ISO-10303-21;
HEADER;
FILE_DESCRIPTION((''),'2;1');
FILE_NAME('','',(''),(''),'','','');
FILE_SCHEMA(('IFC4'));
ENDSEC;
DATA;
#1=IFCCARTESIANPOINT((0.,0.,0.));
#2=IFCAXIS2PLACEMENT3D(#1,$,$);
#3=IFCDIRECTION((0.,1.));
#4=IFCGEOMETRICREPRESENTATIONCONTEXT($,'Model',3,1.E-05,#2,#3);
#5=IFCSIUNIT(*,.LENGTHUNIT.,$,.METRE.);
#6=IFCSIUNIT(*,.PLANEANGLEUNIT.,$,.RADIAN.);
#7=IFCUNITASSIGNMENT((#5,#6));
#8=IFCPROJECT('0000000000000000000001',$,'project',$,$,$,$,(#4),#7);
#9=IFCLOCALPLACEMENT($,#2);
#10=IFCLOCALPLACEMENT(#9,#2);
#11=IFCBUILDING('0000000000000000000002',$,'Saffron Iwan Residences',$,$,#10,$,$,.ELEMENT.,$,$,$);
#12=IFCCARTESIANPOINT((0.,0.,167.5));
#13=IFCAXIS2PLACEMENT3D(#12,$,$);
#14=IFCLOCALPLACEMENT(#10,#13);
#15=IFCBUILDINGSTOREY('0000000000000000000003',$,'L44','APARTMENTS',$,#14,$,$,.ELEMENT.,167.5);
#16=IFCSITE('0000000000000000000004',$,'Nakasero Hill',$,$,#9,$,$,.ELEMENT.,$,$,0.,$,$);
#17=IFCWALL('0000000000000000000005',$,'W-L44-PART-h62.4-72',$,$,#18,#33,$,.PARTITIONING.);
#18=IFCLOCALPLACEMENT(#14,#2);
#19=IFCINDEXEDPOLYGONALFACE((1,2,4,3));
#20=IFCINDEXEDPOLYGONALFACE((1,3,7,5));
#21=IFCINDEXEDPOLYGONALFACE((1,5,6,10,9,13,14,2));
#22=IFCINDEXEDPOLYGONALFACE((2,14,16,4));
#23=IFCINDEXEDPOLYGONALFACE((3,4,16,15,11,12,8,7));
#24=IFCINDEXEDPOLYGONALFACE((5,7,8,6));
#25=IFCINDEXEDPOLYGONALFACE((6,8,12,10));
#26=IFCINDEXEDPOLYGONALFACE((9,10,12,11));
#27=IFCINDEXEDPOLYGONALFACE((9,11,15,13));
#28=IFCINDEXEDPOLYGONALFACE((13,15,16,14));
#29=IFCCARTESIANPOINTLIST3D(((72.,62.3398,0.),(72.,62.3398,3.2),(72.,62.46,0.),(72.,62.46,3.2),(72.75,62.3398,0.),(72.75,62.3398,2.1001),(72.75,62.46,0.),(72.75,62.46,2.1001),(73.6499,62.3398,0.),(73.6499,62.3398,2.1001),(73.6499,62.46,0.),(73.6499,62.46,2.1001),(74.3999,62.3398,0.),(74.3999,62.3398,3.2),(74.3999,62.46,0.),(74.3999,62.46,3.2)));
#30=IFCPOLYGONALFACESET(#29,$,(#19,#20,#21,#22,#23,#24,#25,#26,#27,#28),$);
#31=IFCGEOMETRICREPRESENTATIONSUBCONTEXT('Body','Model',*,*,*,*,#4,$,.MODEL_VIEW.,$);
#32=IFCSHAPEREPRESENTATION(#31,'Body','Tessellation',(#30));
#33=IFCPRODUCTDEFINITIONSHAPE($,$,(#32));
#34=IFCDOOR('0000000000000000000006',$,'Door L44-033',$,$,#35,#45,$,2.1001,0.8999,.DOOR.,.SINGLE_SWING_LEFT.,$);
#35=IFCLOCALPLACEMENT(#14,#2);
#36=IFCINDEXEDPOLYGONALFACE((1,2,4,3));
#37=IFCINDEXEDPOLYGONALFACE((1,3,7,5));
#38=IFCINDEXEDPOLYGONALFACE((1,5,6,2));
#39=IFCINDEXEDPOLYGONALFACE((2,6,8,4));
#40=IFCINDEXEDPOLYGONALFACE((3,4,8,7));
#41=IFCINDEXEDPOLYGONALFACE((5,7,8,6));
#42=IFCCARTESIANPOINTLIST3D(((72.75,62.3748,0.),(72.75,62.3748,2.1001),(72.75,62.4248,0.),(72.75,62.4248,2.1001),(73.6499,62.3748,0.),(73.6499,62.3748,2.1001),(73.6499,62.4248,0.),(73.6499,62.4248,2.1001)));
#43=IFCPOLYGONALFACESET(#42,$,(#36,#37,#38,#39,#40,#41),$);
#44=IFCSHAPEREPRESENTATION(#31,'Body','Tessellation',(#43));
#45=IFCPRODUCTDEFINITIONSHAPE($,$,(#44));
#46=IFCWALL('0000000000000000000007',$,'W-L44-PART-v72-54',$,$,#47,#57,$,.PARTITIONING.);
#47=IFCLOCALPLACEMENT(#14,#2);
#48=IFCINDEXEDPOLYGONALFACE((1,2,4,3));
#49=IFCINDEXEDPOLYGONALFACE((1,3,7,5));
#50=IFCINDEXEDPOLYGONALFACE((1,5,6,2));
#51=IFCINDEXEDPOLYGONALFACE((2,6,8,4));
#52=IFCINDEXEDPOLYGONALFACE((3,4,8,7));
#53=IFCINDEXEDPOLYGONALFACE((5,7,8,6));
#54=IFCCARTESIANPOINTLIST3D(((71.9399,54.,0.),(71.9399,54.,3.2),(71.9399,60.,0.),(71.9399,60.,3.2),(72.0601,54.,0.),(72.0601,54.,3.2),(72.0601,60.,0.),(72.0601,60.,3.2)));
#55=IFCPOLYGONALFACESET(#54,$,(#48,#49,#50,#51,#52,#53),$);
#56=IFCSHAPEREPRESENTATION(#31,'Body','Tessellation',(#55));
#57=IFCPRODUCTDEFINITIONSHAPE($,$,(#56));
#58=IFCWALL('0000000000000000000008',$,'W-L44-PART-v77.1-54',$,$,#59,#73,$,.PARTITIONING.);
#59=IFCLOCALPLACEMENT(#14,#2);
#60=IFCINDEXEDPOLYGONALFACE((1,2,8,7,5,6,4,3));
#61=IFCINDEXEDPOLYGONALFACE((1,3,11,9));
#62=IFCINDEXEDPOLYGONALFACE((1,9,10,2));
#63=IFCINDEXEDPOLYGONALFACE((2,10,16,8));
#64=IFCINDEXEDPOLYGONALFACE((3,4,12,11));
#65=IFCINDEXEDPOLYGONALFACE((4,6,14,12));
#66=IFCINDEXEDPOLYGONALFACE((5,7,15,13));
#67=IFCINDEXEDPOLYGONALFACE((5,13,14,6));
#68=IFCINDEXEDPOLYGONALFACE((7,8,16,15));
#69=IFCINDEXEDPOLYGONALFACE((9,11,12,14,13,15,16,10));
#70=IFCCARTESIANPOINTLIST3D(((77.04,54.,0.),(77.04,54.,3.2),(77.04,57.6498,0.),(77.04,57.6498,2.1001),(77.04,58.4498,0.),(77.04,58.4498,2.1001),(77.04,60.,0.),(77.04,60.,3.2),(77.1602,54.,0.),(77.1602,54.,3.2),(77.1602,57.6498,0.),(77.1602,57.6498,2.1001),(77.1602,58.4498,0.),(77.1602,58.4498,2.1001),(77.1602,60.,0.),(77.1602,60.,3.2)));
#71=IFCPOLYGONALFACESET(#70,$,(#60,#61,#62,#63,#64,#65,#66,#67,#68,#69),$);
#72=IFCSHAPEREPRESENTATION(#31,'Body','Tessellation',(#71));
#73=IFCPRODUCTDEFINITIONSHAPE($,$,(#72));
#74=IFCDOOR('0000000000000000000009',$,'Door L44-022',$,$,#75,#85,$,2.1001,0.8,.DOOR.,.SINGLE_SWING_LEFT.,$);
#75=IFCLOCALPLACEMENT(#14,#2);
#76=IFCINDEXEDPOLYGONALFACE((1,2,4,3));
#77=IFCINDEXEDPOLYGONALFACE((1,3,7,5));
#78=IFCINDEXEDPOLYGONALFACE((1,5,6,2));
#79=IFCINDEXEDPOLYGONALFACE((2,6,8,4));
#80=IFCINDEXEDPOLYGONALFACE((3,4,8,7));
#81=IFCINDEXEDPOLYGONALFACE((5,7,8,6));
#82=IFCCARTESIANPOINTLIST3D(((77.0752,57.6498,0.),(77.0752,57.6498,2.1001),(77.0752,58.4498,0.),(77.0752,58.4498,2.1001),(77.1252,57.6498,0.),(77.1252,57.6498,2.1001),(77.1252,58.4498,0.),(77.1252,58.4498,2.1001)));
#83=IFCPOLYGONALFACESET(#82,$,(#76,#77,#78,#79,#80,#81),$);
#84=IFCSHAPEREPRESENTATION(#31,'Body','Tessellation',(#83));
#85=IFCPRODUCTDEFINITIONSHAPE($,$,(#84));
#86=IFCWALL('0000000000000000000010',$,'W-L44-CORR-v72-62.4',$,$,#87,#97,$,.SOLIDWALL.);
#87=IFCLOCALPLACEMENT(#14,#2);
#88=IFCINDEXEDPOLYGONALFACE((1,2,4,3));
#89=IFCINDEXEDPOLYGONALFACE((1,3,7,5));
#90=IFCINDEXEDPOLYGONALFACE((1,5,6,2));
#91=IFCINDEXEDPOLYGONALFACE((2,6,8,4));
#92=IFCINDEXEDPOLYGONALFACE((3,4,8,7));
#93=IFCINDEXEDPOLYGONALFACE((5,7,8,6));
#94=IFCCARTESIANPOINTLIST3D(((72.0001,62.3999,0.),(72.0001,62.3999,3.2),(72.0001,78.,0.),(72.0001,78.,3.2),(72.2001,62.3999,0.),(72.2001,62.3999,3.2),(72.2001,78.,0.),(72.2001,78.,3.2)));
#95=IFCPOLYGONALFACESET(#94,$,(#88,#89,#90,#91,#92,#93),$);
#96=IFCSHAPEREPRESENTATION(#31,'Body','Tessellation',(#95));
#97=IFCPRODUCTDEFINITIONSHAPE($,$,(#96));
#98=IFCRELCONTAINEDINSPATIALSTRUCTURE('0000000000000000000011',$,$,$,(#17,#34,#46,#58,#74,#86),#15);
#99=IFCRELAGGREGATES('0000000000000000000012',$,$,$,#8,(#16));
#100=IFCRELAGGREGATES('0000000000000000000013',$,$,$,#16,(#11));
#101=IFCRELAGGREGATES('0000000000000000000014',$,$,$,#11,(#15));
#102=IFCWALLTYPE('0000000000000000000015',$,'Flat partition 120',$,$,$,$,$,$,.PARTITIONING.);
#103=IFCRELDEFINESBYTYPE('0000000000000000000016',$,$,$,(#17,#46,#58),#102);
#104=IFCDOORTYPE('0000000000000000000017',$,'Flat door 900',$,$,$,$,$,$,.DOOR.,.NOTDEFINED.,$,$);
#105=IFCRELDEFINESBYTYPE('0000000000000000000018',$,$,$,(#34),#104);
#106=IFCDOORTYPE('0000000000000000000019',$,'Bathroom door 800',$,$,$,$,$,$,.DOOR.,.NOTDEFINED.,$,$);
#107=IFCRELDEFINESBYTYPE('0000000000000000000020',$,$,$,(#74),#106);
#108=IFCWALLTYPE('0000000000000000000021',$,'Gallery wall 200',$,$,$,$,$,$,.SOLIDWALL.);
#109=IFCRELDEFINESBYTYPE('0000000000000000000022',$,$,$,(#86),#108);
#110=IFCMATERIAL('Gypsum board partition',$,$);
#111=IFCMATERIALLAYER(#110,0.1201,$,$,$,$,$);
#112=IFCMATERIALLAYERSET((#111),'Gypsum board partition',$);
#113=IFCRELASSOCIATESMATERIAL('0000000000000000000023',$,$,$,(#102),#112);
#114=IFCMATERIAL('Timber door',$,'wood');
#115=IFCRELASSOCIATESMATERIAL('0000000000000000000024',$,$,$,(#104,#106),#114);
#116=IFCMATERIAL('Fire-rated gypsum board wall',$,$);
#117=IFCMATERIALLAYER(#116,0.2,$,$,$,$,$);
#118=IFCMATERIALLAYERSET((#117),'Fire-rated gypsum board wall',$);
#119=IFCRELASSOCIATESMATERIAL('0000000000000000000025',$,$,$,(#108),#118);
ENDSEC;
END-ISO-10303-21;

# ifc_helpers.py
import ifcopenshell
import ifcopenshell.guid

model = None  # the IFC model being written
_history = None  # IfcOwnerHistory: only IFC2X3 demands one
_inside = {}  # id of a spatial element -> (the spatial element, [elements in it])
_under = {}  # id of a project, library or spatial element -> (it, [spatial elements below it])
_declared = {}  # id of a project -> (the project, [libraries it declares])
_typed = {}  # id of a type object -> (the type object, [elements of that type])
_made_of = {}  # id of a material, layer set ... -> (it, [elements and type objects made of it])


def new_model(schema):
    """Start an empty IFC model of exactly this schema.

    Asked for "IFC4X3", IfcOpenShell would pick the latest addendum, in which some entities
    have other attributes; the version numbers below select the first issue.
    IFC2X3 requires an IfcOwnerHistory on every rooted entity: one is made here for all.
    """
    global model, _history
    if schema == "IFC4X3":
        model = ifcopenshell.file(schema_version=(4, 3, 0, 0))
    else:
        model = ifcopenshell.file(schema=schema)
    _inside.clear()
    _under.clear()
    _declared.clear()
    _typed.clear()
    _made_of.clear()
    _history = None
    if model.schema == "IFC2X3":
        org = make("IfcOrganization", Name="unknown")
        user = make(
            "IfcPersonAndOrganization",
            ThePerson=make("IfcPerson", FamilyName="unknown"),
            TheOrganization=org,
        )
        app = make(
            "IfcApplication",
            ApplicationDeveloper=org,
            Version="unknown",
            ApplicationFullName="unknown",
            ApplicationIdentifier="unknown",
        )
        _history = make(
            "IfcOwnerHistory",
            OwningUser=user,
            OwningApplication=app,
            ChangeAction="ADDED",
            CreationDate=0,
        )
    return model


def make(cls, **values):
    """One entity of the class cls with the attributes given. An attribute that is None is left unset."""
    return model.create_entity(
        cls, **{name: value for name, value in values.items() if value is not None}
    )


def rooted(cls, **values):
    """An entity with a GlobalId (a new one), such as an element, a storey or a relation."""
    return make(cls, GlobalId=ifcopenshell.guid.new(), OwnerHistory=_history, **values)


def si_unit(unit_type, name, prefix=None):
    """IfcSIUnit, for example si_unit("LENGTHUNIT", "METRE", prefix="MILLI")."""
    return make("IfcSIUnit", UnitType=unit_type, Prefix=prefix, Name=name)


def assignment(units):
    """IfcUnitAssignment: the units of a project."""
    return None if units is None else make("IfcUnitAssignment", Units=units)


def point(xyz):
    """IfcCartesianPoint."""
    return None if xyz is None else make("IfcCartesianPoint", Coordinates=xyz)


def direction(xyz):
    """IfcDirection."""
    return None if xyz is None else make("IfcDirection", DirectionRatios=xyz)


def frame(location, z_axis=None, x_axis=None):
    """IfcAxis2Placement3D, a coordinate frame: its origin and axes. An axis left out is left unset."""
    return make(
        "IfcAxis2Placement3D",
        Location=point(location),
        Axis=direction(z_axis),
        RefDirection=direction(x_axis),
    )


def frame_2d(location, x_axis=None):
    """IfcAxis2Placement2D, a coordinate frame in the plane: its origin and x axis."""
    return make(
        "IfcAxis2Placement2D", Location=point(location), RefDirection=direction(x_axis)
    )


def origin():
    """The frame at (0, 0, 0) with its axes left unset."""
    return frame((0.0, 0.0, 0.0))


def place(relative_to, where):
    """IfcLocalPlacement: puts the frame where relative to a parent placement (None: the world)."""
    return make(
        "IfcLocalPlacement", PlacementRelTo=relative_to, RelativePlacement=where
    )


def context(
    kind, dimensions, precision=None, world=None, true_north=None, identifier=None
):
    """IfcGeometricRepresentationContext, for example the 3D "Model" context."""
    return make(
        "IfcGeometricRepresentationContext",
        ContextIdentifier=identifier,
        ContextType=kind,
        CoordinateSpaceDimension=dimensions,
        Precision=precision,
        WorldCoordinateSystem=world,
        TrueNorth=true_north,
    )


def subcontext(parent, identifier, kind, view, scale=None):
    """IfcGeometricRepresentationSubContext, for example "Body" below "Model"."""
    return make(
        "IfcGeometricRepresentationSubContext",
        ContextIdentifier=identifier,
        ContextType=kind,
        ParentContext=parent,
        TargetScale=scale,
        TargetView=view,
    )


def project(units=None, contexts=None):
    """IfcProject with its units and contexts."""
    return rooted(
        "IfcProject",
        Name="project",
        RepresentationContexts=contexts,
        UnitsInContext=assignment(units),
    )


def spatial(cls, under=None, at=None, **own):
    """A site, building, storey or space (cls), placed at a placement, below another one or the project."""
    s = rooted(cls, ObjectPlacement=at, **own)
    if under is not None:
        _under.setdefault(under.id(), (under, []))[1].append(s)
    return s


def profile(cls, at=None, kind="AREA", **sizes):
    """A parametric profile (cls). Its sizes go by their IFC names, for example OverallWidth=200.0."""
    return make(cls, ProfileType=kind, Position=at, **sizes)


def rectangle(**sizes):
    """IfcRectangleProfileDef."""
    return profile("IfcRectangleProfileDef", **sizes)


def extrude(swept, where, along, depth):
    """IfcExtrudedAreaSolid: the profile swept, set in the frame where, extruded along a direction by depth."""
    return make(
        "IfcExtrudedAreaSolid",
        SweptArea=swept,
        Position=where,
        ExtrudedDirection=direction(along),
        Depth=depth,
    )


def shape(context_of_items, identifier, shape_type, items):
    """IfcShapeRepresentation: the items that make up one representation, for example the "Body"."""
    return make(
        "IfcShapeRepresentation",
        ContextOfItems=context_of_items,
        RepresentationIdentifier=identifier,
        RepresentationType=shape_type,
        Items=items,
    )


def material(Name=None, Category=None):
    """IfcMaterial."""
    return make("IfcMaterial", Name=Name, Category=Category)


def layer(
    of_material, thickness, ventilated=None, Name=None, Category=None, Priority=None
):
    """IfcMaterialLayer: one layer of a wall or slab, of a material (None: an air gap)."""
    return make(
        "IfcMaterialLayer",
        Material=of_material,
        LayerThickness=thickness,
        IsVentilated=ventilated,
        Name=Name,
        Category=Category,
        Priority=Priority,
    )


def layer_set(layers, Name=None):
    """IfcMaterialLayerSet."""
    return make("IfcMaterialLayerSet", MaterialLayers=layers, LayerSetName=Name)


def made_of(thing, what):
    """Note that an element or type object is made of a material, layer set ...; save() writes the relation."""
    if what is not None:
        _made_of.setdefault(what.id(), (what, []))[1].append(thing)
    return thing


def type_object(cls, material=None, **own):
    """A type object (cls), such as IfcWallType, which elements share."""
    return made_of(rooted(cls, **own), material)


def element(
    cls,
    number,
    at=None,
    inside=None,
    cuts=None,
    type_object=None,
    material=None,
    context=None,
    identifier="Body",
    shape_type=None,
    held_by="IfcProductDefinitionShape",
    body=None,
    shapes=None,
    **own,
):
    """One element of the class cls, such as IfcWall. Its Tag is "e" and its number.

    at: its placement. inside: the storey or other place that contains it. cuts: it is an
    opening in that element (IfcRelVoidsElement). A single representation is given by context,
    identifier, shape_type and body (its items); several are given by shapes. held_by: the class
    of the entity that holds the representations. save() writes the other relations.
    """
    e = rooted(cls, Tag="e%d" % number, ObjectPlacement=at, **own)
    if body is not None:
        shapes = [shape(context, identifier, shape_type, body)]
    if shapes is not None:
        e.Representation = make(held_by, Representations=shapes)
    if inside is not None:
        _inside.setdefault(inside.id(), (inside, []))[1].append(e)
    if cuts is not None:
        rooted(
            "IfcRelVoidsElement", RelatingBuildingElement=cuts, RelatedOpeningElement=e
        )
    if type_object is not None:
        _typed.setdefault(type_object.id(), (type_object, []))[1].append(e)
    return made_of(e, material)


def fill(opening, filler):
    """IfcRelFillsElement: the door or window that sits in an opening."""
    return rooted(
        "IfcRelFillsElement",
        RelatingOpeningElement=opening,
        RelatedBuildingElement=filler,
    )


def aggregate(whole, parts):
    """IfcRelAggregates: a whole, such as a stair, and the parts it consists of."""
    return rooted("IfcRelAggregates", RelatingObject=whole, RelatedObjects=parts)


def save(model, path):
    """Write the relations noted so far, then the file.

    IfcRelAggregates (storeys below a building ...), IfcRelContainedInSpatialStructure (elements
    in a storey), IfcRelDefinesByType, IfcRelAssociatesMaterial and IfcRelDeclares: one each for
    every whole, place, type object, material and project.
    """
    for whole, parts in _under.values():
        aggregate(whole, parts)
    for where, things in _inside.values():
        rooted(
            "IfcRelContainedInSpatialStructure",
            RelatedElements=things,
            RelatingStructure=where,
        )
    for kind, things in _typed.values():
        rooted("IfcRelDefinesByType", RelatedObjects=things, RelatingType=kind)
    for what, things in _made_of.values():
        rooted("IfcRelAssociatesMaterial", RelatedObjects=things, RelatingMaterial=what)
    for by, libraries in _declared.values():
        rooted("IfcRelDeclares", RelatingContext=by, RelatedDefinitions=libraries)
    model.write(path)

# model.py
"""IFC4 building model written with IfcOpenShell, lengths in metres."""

from ifc_helpers import new_model, si_unit, direction, frame, frame_2d, origin, place, context, subcontext, project, spatial, rectangle, extrude, material, layer, layer_set, type_object, element, fill, save


model = new_model("IFC4")

# Units and contexts
model_context = context("Model", 3, precision=1e-05, world=origin(), true_north=direction((0.0, 1.0)))
body_context = subcontext(model_context, "Body", "Model", "MODEL_VIEW")
ifc_project = project(units=[si_unit("LENGTHUNIT", "METRE"), si_unit("PLANEANGLEUNIT", "RADIAN")], contexts=[model_context])

# Site, building, storey
site_placement = place(None, origin())
site = spatial("IfcSite", under=ifc_project, at=site_placement, Name="Nakasero Hill", CompositionType="ELEMENT", RefElevation=0.0)
building_placement = place(site_placement, origin())
building = spatial("IfcBuilding", under=site, at=building_placement, Name="Saffron Iwan Residences", CompositionType="ELEMENT")
storey_placement = place(building_placement, frame((0.0, 0.0, 167.5)))
storey = spatial("IfcBuildingStorey", under=building, at=storey_placement, Name="L44", Description="APARTMENTS", CompositionType="ELEMENT", Elevation=167.5)

# Shared definitions
ifc_material_1 = material(Name="Fire-rated gypsum board wall")

# Shared definitions
ifc_material_2 = material(Name="Gypsum board partition")
ifc_layer_1 = layer(ifc_material_2, 0.1201)
ifc_layer_set_1 = layer_set([ifc_layer_1], Name="Gypsum board partition")
wall_type_1 = type_object("IfcWallType", Name="Flat partition 120", PredefinedType="PARTITIONING", material=ifc_layer_set_1)
ifc_material_3 = material(Name="Timber door", Category="wood")
door_type_1 = type_object("IfcDoorType", Name="Flat door 900", OperationType="NOTDEFINED", PredefinedType="DOOR", material=ifc_material_3)
door_type_2 = type_object("IfcDoorType", Name="Bathroom door 800", OperationType="NOTDEFINED", PredefinedType="DOOR", material=ifc_material_3)

# Wall, opening, door
wall_1_placement = place(storey_placement, frame((72.0, 62.3999, 0.0), z_axis=(0.0, 0.0, 1.0), x_axis=(1.0, 0.0, 0.0)))
wall_1 = element("IfcWall", 1, at=wall_1_placement, inside=storey, type_object=wall_type_1, Name="W-L44-PART-h62.4-72", PredefinedType="PARTITIONING", context=body_context, shape_type="SweptSolid", body=[
    extrude(rectangle(XDim=2.3999, YDim=0.1201, at=frame_2d((1.2, 0.0))), origin(), (0.0, 0.0, 1.0), 3.2),
])
opening_1_placement = place(wall_1_placement, frame((0.75, 0.0, 0.0)))
opening_1 = element("IfcOpeningElement", 2, at=opening_1_placement, cuts=wall_1, PredefinedType="OPENING", context=body_context, shape_type="SweptSolid", body=[
    extrude(rectangle(XDim=0.8999, YDim=2.1001, at=frame_2d((0.45, 1.05))), frame((0.0, 0.0701, 0.0), z_axis=(0.0, -1.0, 0.0), x_axis=(1.0, 0.0, 0.0)), (0.0, 0.0, 1.0), 0.1401),
])
door_1_placement = place(opening_1_placement, origin())
door_1 = element("IfcDoor", 3, at=door_1_placement, inside=storey, type_object=door_type_1, Name="Door L44-033", OperationType="SINGLE_SWING_LEFT", OverallHeight=2.1001, OverallWidth=0.8999, PredefinedType="DOOR", context=body_context, shape_type="SweptSolid", body=[
    extrude(rectangle(XDim=0.8999, YDim=2.1001, at=frame_2d((0.45, 1.05))), frame((0.0, 0.0249, 0.0), z_axis=(0.0, -1.0, 0.0), x_axis=(1.0, 0.0, 0.0)), (0.0, 0.0, 1.0), 0.05),
])
fill(opening_1, door_1)

# Wall
wall_2_placement = place(storey_placement, frame((72.0, 54.0, 0.0), z_axis=(0.0, 0.0, 1.0), x_axis=(0.0, 1.0, 0.0)))
element("IfcWall", 4, at=wall_2_placement, inside=storey, type_object=wall_type_1, Name="W-L44-PART-v72-54", PredefinedType="PARTITIONING", context=body_context, shape_type="SweptSolid", body=[
    extrude(rectangle(XDim=6.0, YDim=0.1201, at=frame_2d((3.0, 0.0))), origin(), (0.0, 0.0, 1.0), 3.2),
])

# Wall, opening, door
wall_3_placement = place(storey_placement, frame((77.1001, 54.0, 0.0), z_axis=(0.0, 0.0, 1.0), x_axis=(0.0, 1.0, 0.0)))
wall_3 = element("IfcWall", 5, at=wall_3_placement, inside=storey, type_object=wall_type_1, Name="W-L44-PART-v77.1-54", PredefinedType="PARTITIONING", context=body_context, shape_type="SweptSolid", body=[
    extrude(rectangle(XDim=6.0, YDim=0.1201, at=frame_2d((3.0, 0.0))), origin(), (0.0, 0.0, 1.0), 3.2),
])
opening_2_placement = place(wall_3_placement, frame((3.6499, 0.0, 0.0)))
opening_2 = element("IfcOpeningElement", 6, at=opening_2_placement, cuts=wall_3, PredefinedType="OPENING", context=body_context, shape_type="SweptSolid", body=[
    extrude(rectangle(XDim=0.8, YDim=2.1001, at=frame_2d((0.3999, 1.05))), frame((0.0, 0.0701, 0.0), z_axis=(0.0, -1.0, 0.0), x_axis=(1.0, 0.0, 0.0)), (0.0, 0.0, 1.0), 0.1401),
])
door_2_placement = place(opening_2_placement, origin())
door_2 = element("IfcDoor", 7, at=door_2_placement, inside=storey, type_object=door_type_2, Name="Door L44-022", OperationType="SINGLE_SWING_LEFT", OverallHeight=2.1001, OverallWidth=0.8, PredefinedType="DOOR", context=body_context, shape_type="SweptSolid", body=[
    extrude(rectangle(XDim=0.8, YDim=2.1001, at=frame_2d((0.3999, 1.05))), frame((0.0, 0.0249, 0.0), z_axis=(0.0, -1.0, 0.0), x_axis=(1.0, 0.0, 0.0)), (0.0, 0.0, 1.0), 0.05),
])
fill(opening_2, door_2)

# Wall
ifc_layer_2 = layer(ifc_material_1, 0.2)
ifc_layer_set_2 = layer_set([ifc_layer_2], Name="Fire-rated gypsum board wall")
wall_type_2 = type_object("IfcWallType", Name="Gallery wall 200", PredefinedType="SOLIDWALL", material=ifc_layer_set_2)
wall_4_placement = place(storey_placement, frame((72.1001, 62.3999, 0.0), z_axis=(0.0, 0.0, 1.0), x_axis=(0.0, 1.0, 0.0)))
element("IfcWall", 8, at=wall_4_placement, inside=storey, type_object=wall_type_2, Name="W-L44-CORR-v72-62.4", PredefinedType="SOLIDWALL", context=body_context, shape_type="SweptSolid", body=[
    extrude(rectangle(XDim=15.6001, YDim=0.2, at=frame_2d((7.8, 0.0))), origin(), (0.0, 0.0, 1.0), 3.2),
])

save(model, "model.ifc")
